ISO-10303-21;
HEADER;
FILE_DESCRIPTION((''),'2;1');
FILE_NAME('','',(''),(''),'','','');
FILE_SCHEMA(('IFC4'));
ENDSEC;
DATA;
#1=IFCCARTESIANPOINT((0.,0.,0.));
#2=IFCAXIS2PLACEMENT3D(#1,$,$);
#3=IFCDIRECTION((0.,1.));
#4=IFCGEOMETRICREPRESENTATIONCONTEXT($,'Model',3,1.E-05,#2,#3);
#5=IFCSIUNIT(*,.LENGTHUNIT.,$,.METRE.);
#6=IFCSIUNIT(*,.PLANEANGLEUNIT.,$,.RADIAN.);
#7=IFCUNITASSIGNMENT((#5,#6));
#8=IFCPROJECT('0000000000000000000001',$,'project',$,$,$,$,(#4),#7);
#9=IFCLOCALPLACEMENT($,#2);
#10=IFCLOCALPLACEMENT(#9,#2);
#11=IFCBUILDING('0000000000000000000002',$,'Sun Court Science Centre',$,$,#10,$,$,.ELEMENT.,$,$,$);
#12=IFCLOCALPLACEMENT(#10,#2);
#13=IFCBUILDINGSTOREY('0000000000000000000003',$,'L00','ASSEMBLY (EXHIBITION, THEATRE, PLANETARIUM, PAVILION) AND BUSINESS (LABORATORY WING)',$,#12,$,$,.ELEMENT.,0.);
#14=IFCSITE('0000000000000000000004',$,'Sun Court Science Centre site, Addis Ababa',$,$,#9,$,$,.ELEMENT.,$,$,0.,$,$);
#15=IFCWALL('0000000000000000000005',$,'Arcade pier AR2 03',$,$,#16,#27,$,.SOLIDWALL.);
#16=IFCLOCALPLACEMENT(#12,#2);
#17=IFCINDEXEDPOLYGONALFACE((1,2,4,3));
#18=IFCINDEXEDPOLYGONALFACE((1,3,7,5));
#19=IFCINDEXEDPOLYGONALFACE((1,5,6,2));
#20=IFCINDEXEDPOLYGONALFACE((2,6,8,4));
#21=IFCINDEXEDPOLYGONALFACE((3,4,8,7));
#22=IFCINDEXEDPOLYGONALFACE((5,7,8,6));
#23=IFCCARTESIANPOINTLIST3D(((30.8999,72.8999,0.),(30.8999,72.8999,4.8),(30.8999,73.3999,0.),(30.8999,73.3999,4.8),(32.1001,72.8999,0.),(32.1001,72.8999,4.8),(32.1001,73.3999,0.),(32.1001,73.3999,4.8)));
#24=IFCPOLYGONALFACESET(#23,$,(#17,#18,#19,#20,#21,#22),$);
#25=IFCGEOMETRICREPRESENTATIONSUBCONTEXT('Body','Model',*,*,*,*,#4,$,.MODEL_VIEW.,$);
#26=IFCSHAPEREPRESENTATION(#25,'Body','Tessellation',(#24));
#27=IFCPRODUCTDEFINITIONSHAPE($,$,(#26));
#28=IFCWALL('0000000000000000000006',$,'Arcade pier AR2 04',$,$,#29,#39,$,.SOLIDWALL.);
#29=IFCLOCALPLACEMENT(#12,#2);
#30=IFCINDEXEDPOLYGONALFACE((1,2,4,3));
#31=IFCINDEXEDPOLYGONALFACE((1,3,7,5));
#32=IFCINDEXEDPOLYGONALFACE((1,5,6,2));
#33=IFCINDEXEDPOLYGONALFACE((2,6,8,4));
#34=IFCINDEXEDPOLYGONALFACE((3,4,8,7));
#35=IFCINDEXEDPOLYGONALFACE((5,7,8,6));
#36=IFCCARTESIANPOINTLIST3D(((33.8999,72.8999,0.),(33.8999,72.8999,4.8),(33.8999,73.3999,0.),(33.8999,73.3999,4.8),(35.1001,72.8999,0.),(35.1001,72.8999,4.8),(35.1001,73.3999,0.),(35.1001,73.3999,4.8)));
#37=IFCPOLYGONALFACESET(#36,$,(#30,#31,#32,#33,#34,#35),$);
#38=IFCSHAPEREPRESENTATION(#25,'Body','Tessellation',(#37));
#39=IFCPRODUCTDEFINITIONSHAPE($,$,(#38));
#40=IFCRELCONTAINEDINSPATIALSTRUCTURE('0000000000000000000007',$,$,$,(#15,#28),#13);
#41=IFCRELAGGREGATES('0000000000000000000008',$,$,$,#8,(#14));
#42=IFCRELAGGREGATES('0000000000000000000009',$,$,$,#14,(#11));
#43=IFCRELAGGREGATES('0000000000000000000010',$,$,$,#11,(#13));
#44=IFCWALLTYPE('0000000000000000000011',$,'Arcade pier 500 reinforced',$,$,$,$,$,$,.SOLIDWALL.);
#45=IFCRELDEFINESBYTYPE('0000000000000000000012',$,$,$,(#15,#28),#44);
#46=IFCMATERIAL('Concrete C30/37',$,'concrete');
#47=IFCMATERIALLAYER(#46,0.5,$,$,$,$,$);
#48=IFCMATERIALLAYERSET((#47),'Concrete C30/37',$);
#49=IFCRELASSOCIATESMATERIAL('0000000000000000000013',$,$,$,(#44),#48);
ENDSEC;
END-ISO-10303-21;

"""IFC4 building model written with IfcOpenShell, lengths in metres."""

from ifc_helpers import new_model, si_unit, direction, frame, frame_2d, origin, place, context, subcontext, project, spatial, rectangle, extrude, material, layer, layer_set, type_object, element, save


model = new_model("IFC4")

# Units and contexts
model_context = context("Model", 3, precision=1e-05, world=origin(), true_north=direction((0.0, 1.0)))
body_context = subcontext(model_context, "Body", "Model", "MODEL_VIEW")
ifc_project = project(units=[si_unit("LENGTHUNIT", "METRE"), si_unit("PLANEANGLEUNIT", "RADIAN")], contexts=[model_context])

# Site, building, storey
site_placement = place(None, origin())
site = spatial("IfcSite", under=ifc_project, at=site_placement, Name="Sun Court Science Centre site, Addis Ababa", CompositionType="ELEMENT", RefElevation=0.0)
building_placement = place(site_placement, origin())
building = spatial("IfcBuilding", under=site, at=building_placement, Name="Sun Court Science Centre", CompositionType="ELEMENT")
storey_placement = place(building_placement, origin())
storey = spatial("IfcBuildingStorey", under=building, at=storey_placement, Name="L00", Description="ASSEMBLY (EXHIBITION, THEATRE, PLANETARIUM, PAVILION) AND BUSINESS (LABORATORY WING)", CompositionType="ELEMENT", Elevation=0.0)

# Walls
ifc_material_1 = material(Name="Concrete C30/37", Category="concrete")
ifc_layer = layer(ifc_material_1, 0.5)
ifc_layer_set = layer_set([ifc_layer], Name="Concrete C30/37")
wall_type = type_object("IfcWallType", Name="Arcade pier 500 reinforced", PredefinedType="SOLIDWALL", material=ifc_layer_set)
for number, where, z_axis, x_axis, name in (
    (1, (30.8999, 73.1499, 0.0), (0.0, 0.0, 1.0), (1.0, 0.0, 0.0), "Arcade pier AR2 03"),
    (2, (33.8999, 73.1499, 0.0), (0.0, 0.0, 1.0), (1.0, 0.0, 0.0), "Arcade pier AR2 04"),
):
    element("IfcWall", number, at=place(storey_placement, frame(where, z_axis=z_axis, x_axis=x_axis)), inside=storey, type_object=wall_type, Name=name, PredefinedType="SOLIDWALL", context=body_context, shape_type="SweptSolid", body=[
        extrude(rectangle(XDim=1.2002, YDim=0.5, at=frame_2d((0.6001, 0.0))), origin(), (0.0, 0.0, 1.0), 4.8),
    ])

save(model, "model.ifc")
